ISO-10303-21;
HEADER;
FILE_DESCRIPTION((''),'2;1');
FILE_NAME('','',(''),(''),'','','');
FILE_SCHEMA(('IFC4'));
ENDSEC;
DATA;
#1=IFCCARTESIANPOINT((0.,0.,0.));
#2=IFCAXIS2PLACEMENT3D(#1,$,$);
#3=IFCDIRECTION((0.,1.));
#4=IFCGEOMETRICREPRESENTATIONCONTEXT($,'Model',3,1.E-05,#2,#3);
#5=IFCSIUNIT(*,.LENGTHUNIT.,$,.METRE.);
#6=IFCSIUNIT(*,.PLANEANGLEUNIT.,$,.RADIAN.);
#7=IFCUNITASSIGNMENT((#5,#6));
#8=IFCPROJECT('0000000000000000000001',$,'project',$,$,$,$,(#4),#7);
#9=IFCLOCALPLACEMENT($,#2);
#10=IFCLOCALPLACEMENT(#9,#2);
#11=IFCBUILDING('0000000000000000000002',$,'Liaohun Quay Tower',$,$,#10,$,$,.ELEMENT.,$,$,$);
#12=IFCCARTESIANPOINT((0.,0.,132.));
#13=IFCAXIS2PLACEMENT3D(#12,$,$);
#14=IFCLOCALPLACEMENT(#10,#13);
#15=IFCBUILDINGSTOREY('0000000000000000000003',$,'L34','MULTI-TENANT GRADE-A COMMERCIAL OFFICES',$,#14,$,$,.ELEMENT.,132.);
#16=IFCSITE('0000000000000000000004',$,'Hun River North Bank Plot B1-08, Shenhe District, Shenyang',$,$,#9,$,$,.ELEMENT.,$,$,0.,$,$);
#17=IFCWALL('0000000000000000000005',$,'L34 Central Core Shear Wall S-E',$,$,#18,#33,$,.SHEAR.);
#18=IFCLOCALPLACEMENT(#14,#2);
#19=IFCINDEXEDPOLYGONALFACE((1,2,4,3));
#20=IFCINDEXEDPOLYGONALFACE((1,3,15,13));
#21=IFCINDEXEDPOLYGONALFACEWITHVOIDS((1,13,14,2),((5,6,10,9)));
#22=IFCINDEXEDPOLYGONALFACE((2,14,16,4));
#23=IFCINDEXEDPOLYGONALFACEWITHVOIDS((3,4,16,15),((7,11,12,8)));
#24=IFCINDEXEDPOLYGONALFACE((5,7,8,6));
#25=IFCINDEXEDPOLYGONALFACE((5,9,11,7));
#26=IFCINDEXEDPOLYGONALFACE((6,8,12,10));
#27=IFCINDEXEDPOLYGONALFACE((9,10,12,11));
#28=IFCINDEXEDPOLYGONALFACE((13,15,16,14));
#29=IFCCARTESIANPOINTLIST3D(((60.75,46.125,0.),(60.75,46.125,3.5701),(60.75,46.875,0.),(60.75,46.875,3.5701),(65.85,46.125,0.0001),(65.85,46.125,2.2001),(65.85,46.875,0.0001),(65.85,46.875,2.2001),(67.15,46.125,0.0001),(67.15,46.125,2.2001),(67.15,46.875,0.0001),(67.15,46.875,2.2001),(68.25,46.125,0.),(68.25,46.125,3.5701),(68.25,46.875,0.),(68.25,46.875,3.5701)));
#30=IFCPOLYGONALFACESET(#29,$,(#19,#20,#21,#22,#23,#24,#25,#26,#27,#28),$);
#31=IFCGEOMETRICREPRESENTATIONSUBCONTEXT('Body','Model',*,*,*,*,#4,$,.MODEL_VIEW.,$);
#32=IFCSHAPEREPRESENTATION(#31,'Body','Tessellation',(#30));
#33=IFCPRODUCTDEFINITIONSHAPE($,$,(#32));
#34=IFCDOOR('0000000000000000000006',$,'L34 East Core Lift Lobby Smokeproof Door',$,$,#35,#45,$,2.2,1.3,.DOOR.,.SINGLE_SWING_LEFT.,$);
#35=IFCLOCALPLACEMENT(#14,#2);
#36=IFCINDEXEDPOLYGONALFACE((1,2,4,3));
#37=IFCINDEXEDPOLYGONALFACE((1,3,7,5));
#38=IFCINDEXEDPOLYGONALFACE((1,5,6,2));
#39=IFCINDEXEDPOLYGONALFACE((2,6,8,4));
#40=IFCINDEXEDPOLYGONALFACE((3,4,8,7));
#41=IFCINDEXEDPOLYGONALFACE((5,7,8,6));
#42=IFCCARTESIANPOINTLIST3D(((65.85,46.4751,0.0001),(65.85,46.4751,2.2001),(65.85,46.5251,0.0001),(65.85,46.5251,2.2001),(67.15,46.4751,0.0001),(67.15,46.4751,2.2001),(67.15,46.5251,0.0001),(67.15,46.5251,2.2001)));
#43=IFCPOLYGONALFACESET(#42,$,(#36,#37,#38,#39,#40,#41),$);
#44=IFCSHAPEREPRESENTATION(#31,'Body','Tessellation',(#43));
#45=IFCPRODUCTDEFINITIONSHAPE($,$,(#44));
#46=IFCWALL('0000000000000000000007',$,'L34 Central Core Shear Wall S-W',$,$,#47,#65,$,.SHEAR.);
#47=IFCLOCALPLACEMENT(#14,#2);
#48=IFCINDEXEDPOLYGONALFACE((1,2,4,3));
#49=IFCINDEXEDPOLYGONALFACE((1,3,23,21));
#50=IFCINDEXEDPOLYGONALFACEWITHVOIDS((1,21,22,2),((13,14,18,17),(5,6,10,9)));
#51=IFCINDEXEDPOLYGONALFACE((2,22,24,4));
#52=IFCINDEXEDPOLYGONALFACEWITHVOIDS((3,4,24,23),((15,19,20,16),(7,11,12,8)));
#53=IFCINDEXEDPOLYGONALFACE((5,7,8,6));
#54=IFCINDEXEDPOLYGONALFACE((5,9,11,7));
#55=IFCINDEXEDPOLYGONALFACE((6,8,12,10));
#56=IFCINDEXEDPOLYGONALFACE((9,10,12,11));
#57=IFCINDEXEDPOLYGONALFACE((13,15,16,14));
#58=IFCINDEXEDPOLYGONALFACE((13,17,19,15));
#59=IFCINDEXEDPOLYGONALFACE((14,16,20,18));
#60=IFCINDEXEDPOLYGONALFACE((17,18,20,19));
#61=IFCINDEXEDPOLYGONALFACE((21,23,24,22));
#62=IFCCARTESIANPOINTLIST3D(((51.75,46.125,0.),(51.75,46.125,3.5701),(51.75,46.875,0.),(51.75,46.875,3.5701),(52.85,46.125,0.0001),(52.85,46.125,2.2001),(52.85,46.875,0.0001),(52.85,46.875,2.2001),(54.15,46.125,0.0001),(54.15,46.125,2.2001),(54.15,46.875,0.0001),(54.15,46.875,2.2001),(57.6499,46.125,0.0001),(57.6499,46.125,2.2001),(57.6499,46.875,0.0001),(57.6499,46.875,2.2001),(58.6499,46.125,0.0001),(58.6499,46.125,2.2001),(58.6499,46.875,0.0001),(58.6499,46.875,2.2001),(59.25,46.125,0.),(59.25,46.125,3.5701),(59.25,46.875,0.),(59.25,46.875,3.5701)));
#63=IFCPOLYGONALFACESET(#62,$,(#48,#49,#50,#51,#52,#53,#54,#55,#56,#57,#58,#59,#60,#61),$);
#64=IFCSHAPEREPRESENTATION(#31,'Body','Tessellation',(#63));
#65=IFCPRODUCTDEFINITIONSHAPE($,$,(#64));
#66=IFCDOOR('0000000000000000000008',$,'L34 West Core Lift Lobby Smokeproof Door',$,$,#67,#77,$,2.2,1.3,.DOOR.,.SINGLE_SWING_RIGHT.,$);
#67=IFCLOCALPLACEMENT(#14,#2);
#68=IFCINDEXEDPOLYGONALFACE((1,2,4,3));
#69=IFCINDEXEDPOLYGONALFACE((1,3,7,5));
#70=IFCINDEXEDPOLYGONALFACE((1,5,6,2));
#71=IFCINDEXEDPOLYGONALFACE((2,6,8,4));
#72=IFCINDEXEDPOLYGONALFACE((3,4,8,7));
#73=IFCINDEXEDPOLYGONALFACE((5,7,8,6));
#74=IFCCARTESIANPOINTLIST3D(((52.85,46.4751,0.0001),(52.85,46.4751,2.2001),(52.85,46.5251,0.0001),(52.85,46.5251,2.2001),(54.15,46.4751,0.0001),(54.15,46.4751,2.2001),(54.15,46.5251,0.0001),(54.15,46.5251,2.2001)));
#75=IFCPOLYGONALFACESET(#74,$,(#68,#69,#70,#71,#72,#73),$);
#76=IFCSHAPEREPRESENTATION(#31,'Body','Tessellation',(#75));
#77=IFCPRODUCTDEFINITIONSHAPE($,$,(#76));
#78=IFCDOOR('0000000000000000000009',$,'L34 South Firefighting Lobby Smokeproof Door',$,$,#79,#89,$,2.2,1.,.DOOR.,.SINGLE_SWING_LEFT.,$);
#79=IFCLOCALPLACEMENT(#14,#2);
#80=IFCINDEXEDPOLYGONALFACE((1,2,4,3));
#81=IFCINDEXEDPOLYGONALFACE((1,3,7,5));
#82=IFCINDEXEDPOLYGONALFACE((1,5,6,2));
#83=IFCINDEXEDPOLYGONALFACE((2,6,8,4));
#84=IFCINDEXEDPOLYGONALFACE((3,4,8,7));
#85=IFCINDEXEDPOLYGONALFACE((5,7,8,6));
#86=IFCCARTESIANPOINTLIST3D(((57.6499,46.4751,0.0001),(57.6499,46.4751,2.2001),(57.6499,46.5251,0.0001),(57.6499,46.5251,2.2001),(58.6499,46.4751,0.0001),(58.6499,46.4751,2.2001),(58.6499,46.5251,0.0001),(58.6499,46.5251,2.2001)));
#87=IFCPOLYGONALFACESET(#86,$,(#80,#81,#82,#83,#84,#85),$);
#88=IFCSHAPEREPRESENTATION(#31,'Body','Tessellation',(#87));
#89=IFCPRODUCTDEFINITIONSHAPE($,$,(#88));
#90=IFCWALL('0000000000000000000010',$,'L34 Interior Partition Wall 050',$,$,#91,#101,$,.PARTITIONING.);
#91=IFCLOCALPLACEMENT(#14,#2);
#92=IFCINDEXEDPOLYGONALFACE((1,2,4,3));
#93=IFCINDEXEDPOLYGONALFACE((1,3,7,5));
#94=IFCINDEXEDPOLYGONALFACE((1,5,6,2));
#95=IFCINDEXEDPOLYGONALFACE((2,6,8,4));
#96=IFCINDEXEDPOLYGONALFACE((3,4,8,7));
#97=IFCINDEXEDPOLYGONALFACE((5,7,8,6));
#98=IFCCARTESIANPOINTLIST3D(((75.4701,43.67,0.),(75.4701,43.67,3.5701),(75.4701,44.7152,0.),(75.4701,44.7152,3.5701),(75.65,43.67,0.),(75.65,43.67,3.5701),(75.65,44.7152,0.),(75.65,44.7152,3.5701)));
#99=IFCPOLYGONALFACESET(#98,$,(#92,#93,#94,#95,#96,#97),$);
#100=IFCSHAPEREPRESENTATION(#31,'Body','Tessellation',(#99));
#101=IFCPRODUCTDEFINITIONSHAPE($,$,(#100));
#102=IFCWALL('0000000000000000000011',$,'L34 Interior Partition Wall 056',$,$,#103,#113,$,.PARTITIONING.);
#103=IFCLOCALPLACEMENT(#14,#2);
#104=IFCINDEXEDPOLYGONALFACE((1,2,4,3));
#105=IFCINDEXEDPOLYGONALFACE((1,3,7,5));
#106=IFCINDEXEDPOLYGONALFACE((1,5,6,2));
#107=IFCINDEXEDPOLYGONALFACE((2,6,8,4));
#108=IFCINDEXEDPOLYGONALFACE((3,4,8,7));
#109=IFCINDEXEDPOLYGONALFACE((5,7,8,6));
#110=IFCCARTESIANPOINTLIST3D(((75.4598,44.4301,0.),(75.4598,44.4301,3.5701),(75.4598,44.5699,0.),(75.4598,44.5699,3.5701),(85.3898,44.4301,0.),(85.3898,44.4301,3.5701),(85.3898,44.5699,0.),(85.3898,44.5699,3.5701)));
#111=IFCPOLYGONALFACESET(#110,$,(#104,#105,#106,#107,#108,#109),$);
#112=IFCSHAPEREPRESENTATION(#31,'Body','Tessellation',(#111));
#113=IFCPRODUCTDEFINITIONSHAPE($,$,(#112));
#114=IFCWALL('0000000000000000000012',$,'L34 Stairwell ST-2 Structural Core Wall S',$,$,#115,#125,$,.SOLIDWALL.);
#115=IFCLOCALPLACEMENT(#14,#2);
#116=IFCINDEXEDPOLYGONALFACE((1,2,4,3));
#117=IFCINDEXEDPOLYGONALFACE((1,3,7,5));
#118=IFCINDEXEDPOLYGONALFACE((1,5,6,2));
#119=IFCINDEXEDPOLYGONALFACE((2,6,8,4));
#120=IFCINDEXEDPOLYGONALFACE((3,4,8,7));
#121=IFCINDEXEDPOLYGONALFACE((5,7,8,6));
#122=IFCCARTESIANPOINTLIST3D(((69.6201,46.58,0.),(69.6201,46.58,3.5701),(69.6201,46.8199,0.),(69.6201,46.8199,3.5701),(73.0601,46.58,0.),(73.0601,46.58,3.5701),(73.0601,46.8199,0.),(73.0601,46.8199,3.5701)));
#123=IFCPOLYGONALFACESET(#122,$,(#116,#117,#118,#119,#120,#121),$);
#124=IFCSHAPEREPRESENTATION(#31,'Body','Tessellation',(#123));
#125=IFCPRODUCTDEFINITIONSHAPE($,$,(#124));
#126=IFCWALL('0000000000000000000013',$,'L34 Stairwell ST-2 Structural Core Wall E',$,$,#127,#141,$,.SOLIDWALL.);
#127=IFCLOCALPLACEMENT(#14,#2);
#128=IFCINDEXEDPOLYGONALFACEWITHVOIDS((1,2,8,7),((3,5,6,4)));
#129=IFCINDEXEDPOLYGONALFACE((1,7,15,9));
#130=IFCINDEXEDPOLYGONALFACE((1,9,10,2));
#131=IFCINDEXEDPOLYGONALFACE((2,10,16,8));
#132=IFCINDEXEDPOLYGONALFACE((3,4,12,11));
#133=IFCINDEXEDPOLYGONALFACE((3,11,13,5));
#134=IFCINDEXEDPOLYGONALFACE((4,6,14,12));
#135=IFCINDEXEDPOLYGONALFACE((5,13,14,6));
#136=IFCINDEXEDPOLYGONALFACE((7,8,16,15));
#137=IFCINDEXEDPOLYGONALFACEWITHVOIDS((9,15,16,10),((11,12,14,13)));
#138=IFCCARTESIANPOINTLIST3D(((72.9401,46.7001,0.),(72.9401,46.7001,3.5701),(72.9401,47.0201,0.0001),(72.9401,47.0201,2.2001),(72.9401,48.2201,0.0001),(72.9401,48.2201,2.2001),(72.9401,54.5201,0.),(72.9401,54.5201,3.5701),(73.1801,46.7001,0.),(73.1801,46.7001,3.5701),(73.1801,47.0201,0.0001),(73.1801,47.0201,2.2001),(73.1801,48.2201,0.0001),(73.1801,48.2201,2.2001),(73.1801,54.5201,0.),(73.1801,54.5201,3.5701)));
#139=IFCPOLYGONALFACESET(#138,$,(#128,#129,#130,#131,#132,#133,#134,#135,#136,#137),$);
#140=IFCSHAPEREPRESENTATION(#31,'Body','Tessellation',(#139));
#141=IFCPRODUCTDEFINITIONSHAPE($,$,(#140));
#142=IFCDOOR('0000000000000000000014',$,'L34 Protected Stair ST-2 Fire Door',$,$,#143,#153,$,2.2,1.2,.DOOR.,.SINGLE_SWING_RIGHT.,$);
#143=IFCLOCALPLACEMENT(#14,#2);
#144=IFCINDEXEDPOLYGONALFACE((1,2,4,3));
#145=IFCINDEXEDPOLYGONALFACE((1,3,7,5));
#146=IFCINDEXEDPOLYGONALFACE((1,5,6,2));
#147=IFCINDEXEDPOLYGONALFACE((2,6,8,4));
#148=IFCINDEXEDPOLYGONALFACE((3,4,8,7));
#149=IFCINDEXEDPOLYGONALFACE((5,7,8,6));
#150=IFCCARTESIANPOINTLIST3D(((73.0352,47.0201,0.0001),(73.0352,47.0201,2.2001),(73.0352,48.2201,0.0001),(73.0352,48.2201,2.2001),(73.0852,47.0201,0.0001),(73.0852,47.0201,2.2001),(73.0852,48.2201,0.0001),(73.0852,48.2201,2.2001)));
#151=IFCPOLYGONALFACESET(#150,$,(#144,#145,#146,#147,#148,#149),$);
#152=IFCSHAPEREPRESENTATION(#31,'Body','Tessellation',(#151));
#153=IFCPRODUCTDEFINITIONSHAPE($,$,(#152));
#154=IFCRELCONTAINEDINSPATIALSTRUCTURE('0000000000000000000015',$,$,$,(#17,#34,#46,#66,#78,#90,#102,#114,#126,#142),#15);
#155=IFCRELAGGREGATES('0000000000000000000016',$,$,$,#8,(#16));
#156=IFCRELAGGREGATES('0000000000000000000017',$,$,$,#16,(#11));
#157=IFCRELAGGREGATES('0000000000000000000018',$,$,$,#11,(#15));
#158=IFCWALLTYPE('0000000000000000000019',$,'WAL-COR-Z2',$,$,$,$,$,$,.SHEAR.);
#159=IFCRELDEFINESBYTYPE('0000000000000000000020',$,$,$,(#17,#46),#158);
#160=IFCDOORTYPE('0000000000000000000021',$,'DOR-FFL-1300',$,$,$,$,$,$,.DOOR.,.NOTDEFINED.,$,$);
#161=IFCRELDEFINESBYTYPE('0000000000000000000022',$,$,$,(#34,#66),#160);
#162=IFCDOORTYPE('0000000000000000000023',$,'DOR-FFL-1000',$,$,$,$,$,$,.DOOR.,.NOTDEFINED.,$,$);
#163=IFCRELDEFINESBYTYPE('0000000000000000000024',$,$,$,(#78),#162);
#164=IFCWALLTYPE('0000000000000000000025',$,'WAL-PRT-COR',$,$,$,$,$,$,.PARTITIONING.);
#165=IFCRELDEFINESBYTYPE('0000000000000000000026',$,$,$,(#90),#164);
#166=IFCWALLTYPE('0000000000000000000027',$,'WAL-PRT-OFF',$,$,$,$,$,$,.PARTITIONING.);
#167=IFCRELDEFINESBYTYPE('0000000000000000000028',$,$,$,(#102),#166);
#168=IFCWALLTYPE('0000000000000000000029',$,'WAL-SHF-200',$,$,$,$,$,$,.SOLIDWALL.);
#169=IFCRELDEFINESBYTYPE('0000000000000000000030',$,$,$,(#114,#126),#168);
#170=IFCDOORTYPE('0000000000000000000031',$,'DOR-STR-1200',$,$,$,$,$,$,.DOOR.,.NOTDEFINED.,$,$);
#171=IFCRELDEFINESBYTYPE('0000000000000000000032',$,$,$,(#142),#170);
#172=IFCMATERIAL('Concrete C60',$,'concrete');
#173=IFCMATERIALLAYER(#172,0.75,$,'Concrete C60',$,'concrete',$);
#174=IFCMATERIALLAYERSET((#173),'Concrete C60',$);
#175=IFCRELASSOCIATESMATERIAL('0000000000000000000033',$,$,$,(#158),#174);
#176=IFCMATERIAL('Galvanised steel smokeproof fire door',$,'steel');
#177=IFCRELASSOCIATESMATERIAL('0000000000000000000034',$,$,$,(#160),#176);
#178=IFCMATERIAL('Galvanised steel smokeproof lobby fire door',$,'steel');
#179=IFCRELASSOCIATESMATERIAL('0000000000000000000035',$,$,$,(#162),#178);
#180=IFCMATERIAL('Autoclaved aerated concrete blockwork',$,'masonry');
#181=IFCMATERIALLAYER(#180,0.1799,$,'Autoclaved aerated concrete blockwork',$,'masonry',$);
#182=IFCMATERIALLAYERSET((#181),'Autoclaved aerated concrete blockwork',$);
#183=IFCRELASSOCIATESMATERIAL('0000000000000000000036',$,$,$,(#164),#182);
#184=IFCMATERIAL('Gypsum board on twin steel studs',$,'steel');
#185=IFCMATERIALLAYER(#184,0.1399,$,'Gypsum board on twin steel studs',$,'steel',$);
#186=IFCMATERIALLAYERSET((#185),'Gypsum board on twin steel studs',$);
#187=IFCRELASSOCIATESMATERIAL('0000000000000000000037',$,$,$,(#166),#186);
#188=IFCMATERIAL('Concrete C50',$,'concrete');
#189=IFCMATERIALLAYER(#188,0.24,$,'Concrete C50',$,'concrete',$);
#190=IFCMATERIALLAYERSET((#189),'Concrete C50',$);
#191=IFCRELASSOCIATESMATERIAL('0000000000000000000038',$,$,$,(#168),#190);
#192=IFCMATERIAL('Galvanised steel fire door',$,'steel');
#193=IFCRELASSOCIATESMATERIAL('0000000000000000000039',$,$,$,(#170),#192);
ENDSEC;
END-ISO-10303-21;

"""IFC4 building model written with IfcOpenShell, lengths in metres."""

from ifc_helpers import new_model, si_unit, direction, frame, frame_2d, origin, place, context, subcontext, project, spatial, rectangle, extrude, source, transform, mapped, material, layer, layer_set, type_object, element, fill, save


model = new_model("IFC4")

# Units and contexts
model_context = context("Model", 3, precision=1e-05, world=origin(), true_north=direction((0.0, 1.0)))
body_context = subcontext(model_context, "Body", "Model", "MODEL_VIEW")
ifc_project = project(units=[si_unit("LENGTHUNIT", "METRE"), si_unit("PLANEANGLEUNIT", "RADIAN")], contexts=[model_context])

# Site, building, storey
site_placement = place(None, origin())
site = spatial("IfcSite", under=ifc_project, at=site_placement, Name="Hun River North Bank Plot B1-08, Shenhe District, Shenyang", CompositionType="ELEMENT", RefElevation=0.0)
building_placement = place(site_placement, origin())
building = spatial("IfcBuilding", under=site, at=building_placement, Name="Liaohun Quay Tower", CompositionType="ELEMENT")
storey_placement = place(building_placement, frame((0.0, 0.0, 132.0)))
storey = spatial("IfcBuildingStorey", under=building, at=storey_placement, Name="L34", Description="MULTI-TENANT GRADE-A COMMERCIAL OFFICES", CompositionType="ELEMENT", Elevation=132.0)

# Shared definitions
ifc_material_1 = material(Name="Concrete C60", Category="concrete")

# Wall, opening, door
ifc_layer_1 = layer(ifc_material_1, 0.75, Name="Concrete C60", Category="concrete")
ifc_layer_set_1 = layer_set([ifc_layer_1], Name="Concrete C60")
wall_type_1 = type_object("IfcWallType", Name="WAL-COR-Z2", PredefinedType="SHEAR", material=ifc_layer_set_1)
wall_1_placement = place(storey_placement, frame((68.25, 46.5, 0.0), z_axis=(0.0, 0.0, 1.0), x_axis=(-1.0, 0.0, 0.0)))
wall_1 = element("IfcWall", 1, at=wall_1_placement, inside=storey, type_object=wall_type_1, Name="L34 Central Core Shear Wall S-E", PredefinedType="SHEAR", context=body_context, shape_type="SweptSolid", body=[
    extrude(rectangle(XDim=7.5, YDim=0.75, at=frame_2d((3.75, 0.0))), origin(), (0.0, 0.0, 1.0), 3.5701),
])
shared_shape_1 = source(origin(), body_context, "Body", "SweptSolid", [
    extrude(rectangle(XDim=1.3, YDim=2.2, at=frame_2d((0.6499, 1.1001))), frame((0.0, 0.385, 0.0), z_axis=(0.0, -1.0, 0.0), x_axis=(1.0, 0.0, 0.0)), (0.0, 0.0, 1.0), 0.77),
])
opening_1_placement = place(wall_1_placement, frame((1.1001, 0.0, 0.0)))
opening_1 = element("IfcOpeningElement", 2, at=opening_1_placement, cuts=wall_1, PredefinedType="OPENING", context=body_context, shape_type="MappedRepresentation", body=[
    mapped(shared_shape_1, transform((0.0, 0.0, 0.0), x_axis=(1.0, 0.0, 0.0), y_axis=(0.0, 1.0, 0.0), z_axis=(0.0, 0.0, 1.0), scale=1.0)),
])
ifc_material_2 = material(Name="Galvanised steel smokeproof fire door", Category="steel")
door_type_1 = type_object("IfcDoorType", Name="DOR-FFL-1300", OperationType="NOTDEFINED", PredefinedType="DOOR", material=ifc_material_2)
shared_shape_2 = source(origin(), body_context, "Body", "SweptSolid", [
    extrude(rectangle(XDim=1.3, YDim=2.2, at=frame_2d((0.6499, 1.1001))), frame((0.0, 0.0249, 0.0), z_axis=(0.0, -1.0, 0.0), x_axis=(1.0, 0.0, 0.0)), (0.0, 0.0, 1.0), 0.05),
])
door_1_placement = place(opening_1_placement, origin())
door_1 = element("IfcDoor", 3, at=door_1_placement, inside=storey, type_object=door_type_1, Name="L34 East Core Lift Lobby Smokeproof Door", OperationType="SINGLE_SWING_LEFT", OverallHeight=2.2, OverallWidth=1.3, PredefinedType="DOOR", context=body_context, shape_type="MappedRepresentation", body=[
    mapped(shared_shape_2, transform((0.0, 0.0, 0.0), x_axis=(1.0, 0.0, 0.0), y_axis=(0.0, 1.0, 0.0), z_axis=(0.0, 0.0, 1.0), scale=1.0)),
])
fill(opening_1, door_1)

# Wall, openings, doors
wall_2_placement = place(storey_placement, frame((59.25, 46.5, 0.0), z_axis=(0.0, 0.0, 1.0), x_axis=(-1.0, 0.0, 0.0)))
wall_2 = element("IfcWall", 4, at=wall_2_placement, inside=storey, type_object=wall_type_1, Name="L34 Central Core Shear Wall S-W", PredefinedType="SHEAR", context=body_context, shape_type="SweptSolid", body=[
    extrude(rectangle(XDim=7.5, YDim=0.75, at=frame_2d((3.75, 0.0))), origin(), (0.0, 0.0, 1.0), 3.5701),
])
opening_2_placement = place(wall_2_placement, frame((5.1001, 0.0, 0.0)))
opening_2 = element("IfcOpeningElement", 5, at=opening_2_placement, cuts=wall_2, PredefinedType="OPENING", context=body_context, shape_type="MappedRepresentation", body=[
    mapped(shared_shape_1, transform((0.0, 0.0, 0.0), x_axis=(1.0, 0.0, 0.0), y_axis=(0.0, 1.0, 0.0), z_axis=(0.0, 0.0, 1.0), scale=1.0)),
])
shared_shape_3 = source(origin(), body_context, "Body", "SweptSolid", [
    extrude(rectangle(XDim=1.0, YDim=2.2, at=frame_2d((0.5, 1.1001))), frame((0.0, 0.385, 0.0), z_axis=(0.0, -1.0, 0.0), x_axis=(1.0, 0.0, 0.0)), (0.0, 0.0, 1.0), 0.77),
])
opening_3_placement = place(wall_2_placement, frame((0.6001, 0.0, 0.0)))
opening_3 = element("IfcOpeningElement", 6, at=opening_3_placement, cuts=wall_2, PredefinedType="OPENING", context=body_context, shape_type="MappedRepresentation", body=[
    mapped(shared_shape_3, transform((0.0, 0.0, 0.0), x_axis=(1.0, 0.0, 0.0), y_axis=(0.0, 1.0, 0.0), z_axis=(0.0, 0.0, 1.0), scale=1.0)),
])
door_2_placement = place(opening_2_placement, origin())
door_2 = element("IfcDoor", 7, at=door_2_placement, inside=storey, type_object=door_type_1, Name="L34 West Core Lift Lobby Smokeproof Door", OperationType="SINGLE_SWING_RIGHT", OverallHeight=2.2, OverallWidth=1.3, PredefinedType="DOOR", context=body_context, shape_type="MappedRepresentation", body=[
    mapped(shared_shape_2, transform((0.0, 0.0, 0.0), x_axis=(1.0, 0.0, 0.0), y_axis=(0.0, 1.0, 0.0), z_axis=(0.0, 0.0, 1.0), scale=1.0)),
])
fill(opening_2, door_2)
ifc_material_3 = material(Name="Galvanised steel smokeproof lobby fire door", Category="steel")
door_type_2 = type_object("IfcDoorType", Name="DOR-FFL-1000", OperationType="NOTDEFINED", PredefinedType="DOOR", material=ifc_material_3)
shared_shape_4 = source(origin(), body_context, "Body", "SweptSolid", [
    extrude(rectangle(XDim=1.0, YDim=2.2, at=frame_2d((0.5, 1.1001))), frame((0.0, 0.0249, 0.0), z_axis=(0.0, -1.0, 0.0), x_axis=(1.0, 0.0, 0.0)), (0.0, 0.0, 1.0), 0.05),
])
door_3_placement = place(opening_3_placement, origin())
door_3 = element("IfcDoor", 8, at=door_3_placement, inside=storey, type_object=door_type_2, Name="L34 South Firefighting Lobby Smokeproof Door", OperationType="SINGLE_SWING_LEFT", OverallHeight=2.2, OverallWidth=1.0, PredefinedType="DOOR", context=body_context, shape_type="MappedRepresentation", body=[
    mapped(shared_shape_4, transform((0.0, 0.0, 0.0), x_axis=(1.0, 0.0, 0.0), y_axis=(0.0, 1.0, 0.0), z_axis=(0.0, 0.0, 1.0), scale=1.0)),
])
fill(opening_3, door_3)

# Walls
ifc_material_4 = material(Name="Autoclaved aerated concrete blockwork", Category="masonry")
ifc_layer_2 = layer(ifc_material_4, 0.1799, Name="Autoclaved aerated concrete blockwork", Category="masonry")
ifc_layer_set_2 = layer_set([ifc_layer_2], Name="Autoclaved aerated concrete blockwork")
wall_type_2 = type_object("IfcWallType", Name="WAL-PRT-COR", PredefinedType="PARTITIONING", material=ifc_layer_set_2)
wall_3_placement = place(storey_placement, frame((75.5601, 44.7151, 0.0), z_axis=(0.0, 0.0, 1.0), x_axis=(0.0, -1.0, 0.0)))
element("IfcWall", 9, at=wall_3_placement, inside=storey, type_object=wall_type_2, Name="L34 Interior Partition Wall 050", PredefinedType="PARTITIONING", context=body_context, shape_type="SweptSolid", body=[
    extrude(rectangle(XDim=1.0452, YDim=0.1799, at=frame_2d((0.5225, 0.0))), origin(), (0.0, 0.0, 1.0), 3.5701),
])
ifc_material_5 = material(Name="Gypsum board on twin steel studs", Category="steel")
ifc_layer_3 = layer(ifc_material_5, 0.1399, Name="Gypsum board on twin steel studs", Category="steel")
ifc_layer_set_3 = layer_set([ifc_layer_3], Name="Gypsum board on twin steel studs")
wall_type_3 = type_object("IfcWallType", Name="WAL-PRT-OFF", PredefinedType="PARTITIONING", material=ifc_layer_set_3)
wall_4_placement = place(storey_placement, frame((75.46, 44.5, 0.0), z_axis=(0.0, 0.0, 1.0), x_axis=(1.0, 0.0, 0.0)))
element("IfcWall", 10, at=wall_4_placement, inside=storey, type_object=wall_type_3, Name="L34 Interior Partition Wall 056", PredefinedType="PARTITIONING", context=body_context, shape_type="SweptSolid", body=[
    extrude(rectangle(XDim=9.9299, YDim=0.1399, at=frame_2d((4.9648, 0.0))), origin(), (0.0, 0.0, 1.0), 3.5701),
])
ifc_material_6 = material(Name="Concrete C50", Category="concrete")
ifc_layer_4 = layer(ifc_material_6, 0.24, Name="Concrete C50", Category="concrete")
ifc_layer_set_4 = layer_set([ifc_layer_4], Name="Concrete C50")
wall_type_4 = type_object("IfcWallType", Name="WAL-SHF-200", PredefinedType="SOLIDWALL", material=ifc_layer_set_4)
wall_5_placement = place(storey_placement, frame((69.6201, 46.7, 0.0), z_axis=(0.0, 0.0, 1.0), x_axis=(1.0, 0.0, 0.0)))
element("IfcWall", 11, at=wall_5_placement, inside=storey, type_object=wall_type_4, Name="L34 Stairwell ST-2 Structural Core Wall S", PredefinedType="SOLIDWALL", context=body_context, shape_type="SweptSolid", body=[
    extrude(rectangle(XDim=3.4399, YDim=0.24, at=frame_2d((1.72, 0.0))), origin(), (0.0, 0.0, 1.0), 3.5701),
])

# Wall, opening, door
wall_6_placement = place(storey_placement, frame((73.0601, 46.7, 0.0), z_axis=(0.0, 0.0, 1.0), x_axis=(0.0, 1.0, 0.0)))
wall_6 = element("IfcWall", 12, at=wall_6_placement, inside=storey, type_object=wall_type_4, Name="L34 Stairwell ST-2 Structural Core Wall E", PredefinedType="SOLIDWALL", context=body_context, shape_type="SweptSolid", body=[
    extrude(rectangle(XDim=7.8201, YDim=0.24, at=frame_2d((3.9102, 0.0))), origin(), (0.0, 0.0, 1.0), 3.5701),
])
shared_shape_5 = source(origin(), body_context, "Body", "SweptSolid", [
    extrude(rectangle(XDim=1.2, YDim=2.2, at=frame_2d((0.6001, 1.1001))), frame((0.0, 0.1299, 0.0), z_axis=(0.0, -1.0, 0.0), x_axis=(1.0, 0.0, 0.0)), (0.0, 0.0, 1.0), 0.26),
])
opening_4_placement = place(wall_6_placement, frame((0.3201, 0.0, 0.0)))
opening_4 = element("IfcOpeningElement", 13, at=opening_4_placement, cuts=wall_6, PredefinedType="OPENING", context=body_context, shape_type="MappedRepresentation", body=[
    mapped(shared_shape_5, transform((0.0, 0.0, 0.0), x_axis=(1.0, 0.0, 0.0), y_axis=(0.0, 1.0, 0.0), z_axis=(0.0, 0.0, 1.0), scale=1.0)),
])
ifc_material_7 = material(Name="Galvanised steel fire door", Category="steel")
door_type_3 = type_object("IfcDoorType", Name="DOR-STR-1200", OperationType="NOTDEFINED", PredefinedType="DOOR", material=ifc_material_7)
shared_shape_6 = source(origin(), body_context, "Body", "SweptSolid", [
    extrude(rectangle(XDim=1.2, YDim=2.2, at=frame_2d((0.6001, 1.1001))), frame((0.0, 0.0249, 0.0), z_axis=(0.0, -1.0, 0.0), x_axis=(1.0, 0.0, 0.0)), (0.0, 0.0, 1.0), 0.05),
])
door_4_placement = place(opening_4_placement, origin())
door_4 = element("IfcDoor", 14, at=door_4_placement, inside=storey, type_object=door_type_3, Name="L34 Protected Stair ST-2 Fire Door", OperationType="SINGLE_SWING_RIGHT", OverallHeight=2.2, OverallWidth=1.2, PredefinedType="DOOR", context=body_context, shape_type="MappedRepresentation", body=[
    mapped(shared_shape_6, transform((0.0, 0.0, 0.0), x_axis=(1.0, 0.0, 0.0), y_axis=(0.0, 1.0, 0.0), z_axis=(0.0, 0.0, 1.0), scale=1.0)),
])
fill(opening_4, door_4)

save(model, "model.ifc")
